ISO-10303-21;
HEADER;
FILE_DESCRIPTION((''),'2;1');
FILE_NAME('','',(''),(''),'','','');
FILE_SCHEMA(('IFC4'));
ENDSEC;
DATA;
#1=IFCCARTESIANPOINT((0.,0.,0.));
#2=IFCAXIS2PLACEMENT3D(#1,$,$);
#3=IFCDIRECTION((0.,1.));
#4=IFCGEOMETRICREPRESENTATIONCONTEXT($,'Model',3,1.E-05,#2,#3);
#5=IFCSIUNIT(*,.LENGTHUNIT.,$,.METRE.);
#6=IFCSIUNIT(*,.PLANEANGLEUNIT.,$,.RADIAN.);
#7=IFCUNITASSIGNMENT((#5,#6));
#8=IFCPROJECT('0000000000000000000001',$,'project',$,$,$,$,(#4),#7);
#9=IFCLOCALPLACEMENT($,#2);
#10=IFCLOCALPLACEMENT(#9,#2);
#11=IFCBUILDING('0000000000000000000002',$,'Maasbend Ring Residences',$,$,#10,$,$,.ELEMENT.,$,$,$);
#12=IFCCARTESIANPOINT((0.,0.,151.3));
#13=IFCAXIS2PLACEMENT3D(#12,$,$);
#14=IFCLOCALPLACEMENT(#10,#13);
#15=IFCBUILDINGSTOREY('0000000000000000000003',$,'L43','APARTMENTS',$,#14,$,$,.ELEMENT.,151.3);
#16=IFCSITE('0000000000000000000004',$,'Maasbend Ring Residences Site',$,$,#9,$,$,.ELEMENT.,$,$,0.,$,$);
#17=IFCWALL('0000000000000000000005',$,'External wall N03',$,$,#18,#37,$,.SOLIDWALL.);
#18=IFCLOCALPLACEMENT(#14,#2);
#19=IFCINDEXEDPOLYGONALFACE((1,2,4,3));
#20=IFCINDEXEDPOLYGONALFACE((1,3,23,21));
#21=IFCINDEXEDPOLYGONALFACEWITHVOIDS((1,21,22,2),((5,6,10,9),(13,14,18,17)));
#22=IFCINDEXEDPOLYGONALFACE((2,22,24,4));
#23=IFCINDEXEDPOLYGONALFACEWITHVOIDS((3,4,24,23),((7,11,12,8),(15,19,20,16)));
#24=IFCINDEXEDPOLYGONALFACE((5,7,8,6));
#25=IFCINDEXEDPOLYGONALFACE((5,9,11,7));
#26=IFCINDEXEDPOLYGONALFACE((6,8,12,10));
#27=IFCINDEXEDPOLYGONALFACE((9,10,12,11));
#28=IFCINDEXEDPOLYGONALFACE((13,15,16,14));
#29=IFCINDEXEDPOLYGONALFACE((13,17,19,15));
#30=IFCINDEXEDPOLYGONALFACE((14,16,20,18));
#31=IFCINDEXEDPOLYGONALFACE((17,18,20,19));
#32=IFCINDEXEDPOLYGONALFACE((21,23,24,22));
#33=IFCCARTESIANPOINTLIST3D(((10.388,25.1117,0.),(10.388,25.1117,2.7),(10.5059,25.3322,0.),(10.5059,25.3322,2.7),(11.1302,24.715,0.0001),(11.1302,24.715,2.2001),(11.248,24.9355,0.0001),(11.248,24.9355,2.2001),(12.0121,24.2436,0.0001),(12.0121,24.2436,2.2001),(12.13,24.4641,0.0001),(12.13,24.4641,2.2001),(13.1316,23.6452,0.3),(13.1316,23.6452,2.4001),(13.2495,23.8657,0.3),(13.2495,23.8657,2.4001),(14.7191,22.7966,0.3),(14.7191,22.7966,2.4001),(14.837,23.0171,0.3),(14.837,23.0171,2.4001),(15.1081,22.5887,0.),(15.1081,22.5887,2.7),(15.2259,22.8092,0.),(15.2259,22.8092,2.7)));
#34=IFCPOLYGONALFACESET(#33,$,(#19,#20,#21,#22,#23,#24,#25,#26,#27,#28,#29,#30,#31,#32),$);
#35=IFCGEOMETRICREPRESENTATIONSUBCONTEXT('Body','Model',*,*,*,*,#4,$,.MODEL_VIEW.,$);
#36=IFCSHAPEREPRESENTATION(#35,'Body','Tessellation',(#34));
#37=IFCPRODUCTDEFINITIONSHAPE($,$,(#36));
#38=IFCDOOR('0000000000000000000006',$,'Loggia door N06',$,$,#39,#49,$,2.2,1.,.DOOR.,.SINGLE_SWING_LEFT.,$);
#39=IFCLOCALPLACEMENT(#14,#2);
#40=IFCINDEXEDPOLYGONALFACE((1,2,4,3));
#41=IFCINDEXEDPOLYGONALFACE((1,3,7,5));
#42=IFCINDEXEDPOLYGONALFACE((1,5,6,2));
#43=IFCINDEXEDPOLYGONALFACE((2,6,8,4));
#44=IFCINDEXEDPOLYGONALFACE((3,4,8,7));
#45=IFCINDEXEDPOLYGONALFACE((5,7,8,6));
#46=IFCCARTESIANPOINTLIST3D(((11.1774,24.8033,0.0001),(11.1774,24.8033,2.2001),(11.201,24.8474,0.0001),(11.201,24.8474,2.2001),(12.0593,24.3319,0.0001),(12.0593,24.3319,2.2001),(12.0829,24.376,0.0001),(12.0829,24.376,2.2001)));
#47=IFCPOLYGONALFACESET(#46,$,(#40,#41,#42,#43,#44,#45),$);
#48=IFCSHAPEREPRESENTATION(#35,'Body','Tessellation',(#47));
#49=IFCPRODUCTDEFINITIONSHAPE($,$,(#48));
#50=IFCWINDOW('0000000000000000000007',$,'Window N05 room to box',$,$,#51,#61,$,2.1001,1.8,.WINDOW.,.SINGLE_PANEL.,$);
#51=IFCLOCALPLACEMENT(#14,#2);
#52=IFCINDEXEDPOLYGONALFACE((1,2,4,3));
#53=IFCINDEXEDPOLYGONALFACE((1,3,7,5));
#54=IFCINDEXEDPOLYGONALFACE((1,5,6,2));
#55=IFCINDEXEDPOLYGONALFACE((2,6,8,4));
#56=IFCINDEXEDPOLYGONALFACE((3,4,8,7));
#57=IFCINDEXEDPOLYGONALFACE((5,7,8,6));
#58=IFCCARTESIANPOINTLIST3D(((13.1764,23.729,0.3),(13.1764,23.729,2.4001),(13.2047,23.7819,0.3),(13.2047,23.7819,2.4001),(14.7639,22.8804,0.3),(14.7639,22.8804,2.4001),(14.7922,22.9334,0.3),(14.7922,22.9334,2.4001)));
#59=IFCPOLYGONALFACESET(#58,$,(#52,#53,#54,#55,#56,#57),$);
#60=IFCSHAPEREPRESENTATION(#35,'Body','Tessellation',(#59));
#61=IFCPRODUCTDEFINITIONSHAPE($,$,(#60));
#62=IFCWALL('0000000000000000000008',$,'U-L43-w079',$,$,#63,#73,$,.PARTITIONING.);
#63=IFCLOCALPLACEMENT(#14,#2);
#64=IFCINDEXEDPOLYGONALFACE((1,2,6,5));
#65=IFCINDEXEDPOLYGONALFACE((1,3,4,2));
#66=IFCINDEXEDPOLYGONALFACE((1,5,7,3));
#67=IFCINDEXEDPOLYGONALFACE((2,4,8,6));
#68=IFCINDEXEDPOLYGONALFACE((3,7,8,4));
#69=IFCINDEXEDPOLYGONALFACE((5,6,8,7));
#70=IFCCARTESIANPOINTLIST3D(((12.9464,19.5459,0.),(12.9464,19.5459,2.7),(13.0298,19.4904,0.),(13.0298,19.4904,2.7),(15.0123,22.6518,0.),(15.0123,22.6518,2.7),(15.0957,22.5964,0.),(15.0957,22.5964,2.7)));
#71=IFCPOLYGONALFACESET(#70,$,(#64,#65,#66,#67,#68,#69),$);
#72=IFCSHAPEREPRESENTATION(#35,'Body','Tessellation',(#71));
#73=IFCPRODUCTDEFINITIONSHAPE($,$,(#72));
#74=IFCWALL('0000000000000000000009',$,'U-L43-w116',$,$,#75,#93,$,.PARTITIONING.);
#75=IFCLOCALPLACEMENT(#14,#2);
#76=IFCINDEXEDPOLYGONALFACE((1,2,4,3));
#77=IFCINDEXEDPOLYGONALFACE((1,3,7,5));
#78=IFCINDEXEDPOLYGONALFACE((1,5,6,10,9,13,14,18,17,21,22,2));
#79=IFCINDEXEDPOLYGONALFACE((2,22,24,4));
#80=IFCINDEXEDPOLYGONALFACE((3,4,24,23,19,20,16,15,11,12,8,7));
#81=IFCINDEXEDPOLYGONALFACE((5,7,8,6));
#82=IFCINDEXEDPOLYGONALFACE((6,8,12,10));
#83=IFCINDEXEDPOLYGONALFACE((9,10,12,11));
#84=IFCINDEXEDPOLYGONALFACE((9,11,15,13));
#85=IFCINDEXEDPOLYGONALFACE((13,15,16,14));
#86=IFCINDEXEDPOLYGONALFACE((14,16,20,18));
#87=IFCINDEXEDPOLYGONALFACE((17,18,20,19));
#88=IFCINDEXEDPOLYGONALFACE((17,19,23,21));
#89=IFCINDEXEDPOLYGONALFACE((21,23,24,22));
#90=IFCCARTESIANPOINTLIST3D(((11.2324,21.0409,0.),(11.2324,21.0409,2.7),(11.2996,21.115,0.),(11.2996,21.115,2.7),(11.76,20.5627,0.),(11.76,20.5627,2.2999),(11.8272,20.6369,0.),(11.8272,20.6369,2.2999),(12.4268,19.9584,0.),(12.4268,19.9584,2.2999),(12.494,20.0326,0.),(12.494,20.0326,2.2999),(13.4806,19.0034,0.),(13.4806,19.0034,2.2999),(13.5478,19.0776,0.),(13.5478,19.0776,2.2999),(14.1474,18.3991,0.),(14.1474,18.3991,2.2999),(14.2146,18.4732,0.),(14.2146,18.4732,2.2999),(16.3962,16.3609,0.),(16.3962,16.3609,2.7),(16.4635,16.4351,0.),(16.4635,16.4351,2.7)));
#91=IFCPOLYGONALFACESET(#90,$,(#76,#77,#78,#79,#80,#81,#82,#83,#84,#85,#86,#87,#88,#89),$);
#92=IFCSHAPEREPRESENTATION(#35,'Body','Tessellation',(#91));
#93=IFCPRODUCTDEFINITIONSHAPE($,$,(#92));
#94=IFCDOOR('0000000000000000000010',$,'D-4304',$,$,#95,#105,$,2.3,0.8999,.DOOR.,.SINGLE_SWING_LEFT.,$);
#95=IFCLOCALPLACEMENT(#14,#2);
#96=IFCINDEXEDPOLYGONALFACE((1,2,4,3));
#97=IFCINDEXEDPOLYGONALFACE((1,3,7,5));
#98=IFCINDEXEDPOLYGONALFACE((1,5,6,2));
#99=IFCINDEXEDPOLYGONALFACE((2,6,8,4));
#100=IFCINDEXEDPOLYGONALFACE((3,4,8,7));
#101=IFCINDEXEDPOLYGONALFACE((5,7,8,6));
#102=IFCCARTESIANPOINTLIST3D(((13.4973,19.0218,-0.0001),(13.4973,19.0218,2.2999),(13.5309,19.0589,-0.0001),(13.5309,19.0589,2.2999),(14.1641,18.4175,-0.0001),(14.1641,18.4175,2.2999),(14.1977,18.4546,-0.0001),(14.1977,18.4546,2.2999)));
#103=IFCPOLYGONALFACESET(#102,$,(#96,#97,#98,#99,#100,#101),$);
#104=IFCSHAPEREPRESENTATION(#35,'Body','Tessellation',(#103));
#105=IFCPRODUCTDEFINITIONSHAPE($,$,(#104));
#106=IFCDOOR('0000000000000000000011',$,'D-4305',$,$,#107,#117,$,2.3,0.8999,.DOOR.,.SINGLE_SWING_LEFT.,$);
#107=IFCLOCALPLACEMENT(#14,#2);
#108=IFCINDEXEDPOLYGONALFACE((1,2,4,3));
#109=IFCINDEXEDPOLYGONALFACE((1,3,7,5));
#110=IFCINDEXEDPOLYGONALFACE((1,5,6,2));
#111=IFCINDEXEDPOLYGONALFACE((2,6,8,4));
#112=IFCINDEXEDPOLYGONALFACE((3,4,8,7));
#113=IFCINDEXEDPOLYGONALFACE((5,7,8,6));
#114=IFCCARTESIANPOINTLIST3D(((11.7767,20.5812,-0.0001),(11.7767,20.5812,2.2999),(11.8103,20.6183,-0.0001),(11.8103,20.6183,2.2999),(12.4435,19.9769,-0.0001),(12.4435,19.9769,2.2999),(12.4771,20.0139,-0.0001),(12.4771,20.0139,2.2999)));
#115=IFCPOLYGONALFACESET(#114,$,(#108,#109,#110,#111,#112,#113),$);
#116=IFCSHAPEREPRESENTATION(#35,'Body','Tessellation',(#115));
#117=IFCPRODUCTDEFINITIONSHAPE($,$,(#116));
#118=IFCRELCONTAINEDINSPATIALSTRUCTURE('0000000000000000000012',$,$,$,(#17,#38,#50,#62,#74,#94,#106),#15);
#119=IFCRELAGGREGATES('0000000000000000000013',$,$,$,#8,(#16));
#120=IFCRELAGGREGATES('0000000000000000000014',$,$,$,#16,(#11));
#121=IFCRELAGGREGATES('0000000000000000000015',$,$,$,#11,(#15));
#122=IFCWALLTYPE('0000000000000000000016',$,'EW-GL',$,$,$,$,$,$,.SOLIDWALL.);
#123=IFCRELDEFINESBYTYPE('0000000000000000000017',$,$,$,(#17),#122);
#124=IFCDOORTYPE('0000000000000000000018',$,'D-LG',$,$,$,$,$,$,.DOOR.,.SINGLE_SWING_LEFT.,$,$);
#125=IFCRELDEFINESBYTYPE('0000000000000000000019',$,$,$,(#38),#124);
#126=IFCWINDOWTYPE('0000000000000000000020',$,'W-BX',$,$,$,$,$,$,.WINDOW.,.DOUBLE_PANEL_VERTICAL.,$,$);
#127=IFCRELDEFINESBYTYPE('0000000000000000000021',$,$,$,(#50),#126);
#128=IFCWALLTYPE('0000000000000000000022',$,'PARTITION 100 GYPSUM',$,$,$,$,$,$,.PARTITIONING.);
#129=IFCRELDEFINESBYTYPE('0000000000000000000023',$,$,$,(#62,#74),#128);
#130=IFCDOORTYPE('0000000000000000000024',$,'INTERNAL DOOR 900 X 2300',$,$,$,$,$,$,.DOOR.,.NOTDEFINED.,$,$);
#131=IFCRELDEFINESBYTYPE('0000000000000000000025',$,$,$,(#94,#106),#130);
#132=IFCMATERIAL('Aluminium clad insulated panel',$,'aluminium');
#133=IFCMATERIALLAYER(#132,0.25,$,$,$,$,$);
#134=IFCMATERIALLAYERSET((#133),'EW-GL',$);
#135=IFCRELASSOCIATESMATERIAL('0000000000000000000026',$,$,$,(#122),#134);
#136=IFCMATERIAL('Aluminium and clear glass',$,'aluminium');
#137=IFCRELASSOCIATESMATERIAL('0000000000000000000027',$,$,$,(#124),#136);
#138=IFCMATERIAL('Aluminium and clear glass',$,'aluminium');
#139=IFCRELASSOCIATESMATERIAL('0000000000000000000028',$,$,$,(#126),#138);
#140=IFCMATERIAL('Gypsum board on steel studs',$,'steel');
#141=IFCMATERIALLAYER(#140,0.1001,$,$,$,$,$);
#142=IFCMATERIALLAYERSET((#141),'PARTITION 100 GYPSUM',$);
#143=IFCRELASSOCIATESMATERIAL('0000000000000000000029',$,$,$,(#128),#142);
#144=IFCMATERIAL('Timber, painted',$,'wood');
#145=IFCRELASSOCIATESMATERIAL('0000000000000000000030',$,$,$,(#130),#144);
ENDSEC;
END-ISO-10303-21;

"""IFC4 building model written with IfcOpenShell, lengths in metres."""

from ifc_helpers import new_model, si_unit, direction, frame, frame_2d, origin, place, context, subcontext, project, spatial, rectangle, extrude, material, layer, layer_set, type_object, element, fill, save


model = new_model("IFC4")

# Units and contexts
model_context = context("Model", 3, precision=1e-05, world=origin(), true_north=direction((0.0, 1.0)))
body_context = subcontext(model_context, "Body", "Model", "MODEL_VIEW")
ifc_project = project(units=[si_unit("LENGTHUNIT", "METRE"), si_unit("PLANEANGLEUNIT", "RADIAN")], contexts=[model_context])

# Site, building, storey
site_placement = place(None, origin())
site = spatial("IfcSite", under=ifc_project, at=site_placement, Name="Maasbend Ring Residences Site", CompositionType="ELEMENT", RefElevation=0.0)
building_placement = place(site_placement, origin())
building = spatial("IfcBuilding", under=site, at=building_placement, Name="Maasbend Ring Residences", CompositionType="ELEMENT")
storey_placement = place(building_placement, frame((0.0, 0.0, 151.3)))
storey = spatial("IfcBuildingStorey", under=building, at=storey_placement, Name="L43", Description="APARTMENTS", CompositionType="ELEMENT", Elevation=151.3)

# Wall, openings, door, window
ifc_material_1 = material(Name="Aluminium clad insulated panel", Category="aluminium")
ifc_layer_1 = layer(ifc_material_1, 0.25)
ifc_layer_set_1 = layer_set([ifc_layer_1], Name="EW-GL")
wall_type_1 = type_object("IfcWallType", Name="EW-GL", PredefinedType="SOLIDWALL", material=ifc_layer_set_1)
ifc_material_2 = material(Name="Aluminium and clear glass", Category="aluminium")
door_type_1 = type_object("IfcDoorType", Name="D-LG", OperationType="SINGLE_SWING_LEFT", PredefinedType="DOOR", material=ifc_material_2)
ifc_material_3 = material(Name="Aluminium and clear glass", Category="aluminium")
window_type_1 = type_object("IfcWindowType", Name="W-BX", PartitioningType="DOUBLE_PANEL_VERTICAL", PredefinedType="WINDOW", material=ifc_material_3)
wall_1_placement = place(storey_placement, frame((15.167, 22.699, 0.0), z_axis=(0.0, 0.0, 1.0), x_axis=(-0.881916, 0.471407, 0.0)))
wall_1 = element("IfcWall", 1, at=wall_1_placement, inside=storey, type_object=wall_type_1, Name="External wall N03", PredefinedType="SOLIDWALL", context=body_context, shape_type="SweptSolid", body=[
    extrude(rectangle(XDim=5.3521, YDim=0.25, at=frame_2d((2.676, 0.0))), origin(), (0.0, 0.0, 1.0), 2.7),
])
opening_1_placement = place(wall_1_placement, frame((0.4412, 0.0, 0.3)))
opening_1 = element("IfcOpeningElement", 2, at=opening_1_placement, cuts=wall_1, PredefinedType="OPENING", context=body_context, shape_type="SweptSolid", body=[
    extrude(rectangle(XDim=1.8, YDim=2.1001, at=frame_2d((0.8999, 1.05))), frame((0.0, 0.135, 0.0), z_axis=(0.0, -1.0, 0.0), x_axis=(1.0, 0.0, 0.0)), (0.0, 0.0, 1.0), 0.27),
])
opening_2_placement = place(wall_1_placement, frame((3.5105, 0.0, 0.0)))
opening_2 = element("IfcOpeningElement", 3, at=opening_2_placement, cuts=wall_1, PredefinedType="OPENING", context=body_context, shape_type="SweptSolid", body=[
    extrude(rectangle(XDim=1.0, YDim=2.2, at=frame_2d((0.5, 1.1001))), frame((0.0, 0.135, 0.0), z_axis=(0.0, -1.0, 0.0), x_axis=(1.0, 0.0, 0.0)), (0.0, 0.0, 1.0), 0.27),
])
door_1_placement = place(opening_2_placement, origin())
door_1 = element("IfcDoor", 4, at=door_1_placement, inside=storey, type_object=door_type_1, Name="Loggia door N06", OperationType="SINGLE_SWING_LEFT", OverallHeight=2.2, OverallWidth=1.0, PredefinedType="DOOR", context=body_context, shape_type="SweptSolid", body=[
    extrude(rectangle(XDim=1.0, YDim=2.2, at=frame_2d((0.5, 1.1001))), frame((0.0, 0.0249, 0.0), z_axis=(0.0, -1.0, 0.0), x_axis=(1.0, 0.0, 0.0)), (0.0, 0.0, 1.0), 0.05),
])
fill(opening_2, door_1)
window_1_placement = place(opening_1_placement, origin())
window_1 = element("IfcWindow", 5, at=window_1_placement, inside=storey, type_object=window_type_1, Name="Window N05 room to box", OverallHeight=2.1001, OverallWidth=1.8, PartitioningType="SINGLE_PANEL", PredefinedType="WINDOW", context=body_context, shape_type="SweptSolid", body=[
    extrude(rectangle(XDim=1.8, YDim=2.1001, at=frame_2d((0.8999, 1.05))), frame((0.0, 0.03, 0.0), z_axis=(0.0, -1.0, 0.0), x_axis=(1.0, 0.0, 0.0)), (0.0, 0.0, 1.0), 0.0601),
])
fill(opening_1, window_1)

# Wall
ifc_material_4 = material(Name="Gypsum board on steel studs", Category="steel")
ifc_layer_2 = layer(ifc_material_4, 0.1001)
ifc_layer_set_2 = layer_set([ifc_layer_2], Name="PARTITION 100 GYPSUM")
wall_type_2 = type_object("IfcWallType", Name="PARTITION 100 GYPSUM", PredefinedType="PARTITIONING", material=ifc_layer_set_2)
wall_2_placement = place(storey_placement, frame((12.988, 19.5181, 0.0), z_axis=(0.0, 0.0, 1.0), x_axis=(0.553824, 0.832634, 0.0)))
element("IfcWall", 6, at=wall_2_placement, inside=storey, type_object=wall_type_2, Name="U-L43-w079", PredefinedType="PARTITIONING", context=body_context, shape_type="SweptSolid", body=[
    extrude(rectangle(XDim=3.7302, YDim=0.1001, at=frame_2d((1.8652, 0.0))), origin(), (0.0, 0.0, 1.0), 2.7),
])

# Wall, openings, doors
wall_3_placement = place(storey_placement, frame((11.2661, 21.0779, 0.0), z_axis=(0.0, 0.0, 1.0), x_axis=(0.740971, -0.671537, 0.0)))
wall_3 = element("IfcWall", 7, at=wall_3_placement, inside=storey, type_object=wall_type_2, Name="U-L43-w116", PredefinedType="PARTITIONING", context=body_context, shape_type="SweptSolid", body=[
    extrude(rectangle(XDim=6.969, YDim=0.1001, at=frame_2d((3.4844, 0.0))), origin(), (0.0, 0.0, 1.0), 2.7),
])
opening_3_placement = place(wall_3_placement, frame((3.0339, 0.0, 0.0)))
opening_3 = element("IfcOpeningElement", 8, at=opening_3_placement, cuts=wall_3, PredefinedType="OPENING", context=body_context, shape_type="SweptSolid", body=[
    extrude(rectangle(XDim=0.8999, YDim=2.3, at=frame_2d((0.45, 1.1499))), frame((0.0, 0.0601, 0.0), z_axis=(0.0, -1.0, 0.0), x_axis=(1.0, 0.0, 0.0)), (0.0, 0.0, 1.0), 0.1201),
])
opening_4_placement = place(wall_3_placement, frame((0.7119, 0.0, 0.0)))
opening_4 = element("IfcOpeningElement", 9, at=opening_4_placement, cuts=wall_3, PredefinedType="OPENING", context=body_context, shape_type="SweptSolid", body=[
    extrude(rectangle(XDim=0.8999, YDim=2.3, at=frame_2d((0.45, 1.1499))), frame((0.0, 0.0601, 0.0), z_axis=(0.0, -1.0, 0.0), x_axis=(1.0, 0.0, 0.0)), (0.0, 0.0, 1.0), 0.1201),
])
ifc_material_5 = material(Name="Timber, painted", Category="wood")
door_type_2 = type_object("IfcDoorType", Name="INTERNAL DOOR 900 X 2300", OperationType="NOTDEFINED", PredefinedType="DOOR", material=ifc_material_5)
door_2_placement = place(opening_3_placement, origin())
door_2 = element("IfcDoor", 10, at=door_2_placement, inside=storey, type_object=door_type_2, Name="D-4304", OperationType="SINGLE_SWING_LEFT", OverallHeight=2.3, OverallWidth=0.8999, PredefinedType="DOOR", context=body_context, shape_type="SweptSolid", body=[
    extrude(rectangle(XDim=0.8999, YDim=2.3, at=frame_2d((0.45, 1.1499))), frame((0.0, 0.0249, 0.0), z_axis=(0.0, -1.0, 0.0), x_axis=(1.0, 0.0, 0.0)), (0.0, 0.0, 1.0), 0.05),
])
fill(opening_3, door_2)
door_3_placement = place(opening_4_placement, origin())
door_3 = element("IfcDoor", 11, at=door_3_placement, inside=storey, type_object=door_type_2, Name="D-4305", OperationType="SINGLE_SWING_LEFT", OverallHeight=2.3, OverallWidth=0.8999, PredefinedType="DOOR", context=body_context, shape_type="SweptSolid", body=[
    extrude(rectangle(XDim=0.8999, YDim=2.3, at=frame_2d((0.45, 1.1499))), frame((0.0, 0.0249, 0.0), z_axis=(0.0, -1.0, 0.0), x_axis=(1.0, 0.0, 0.0)), (0.0, 0.0, 1.0), 0.05),
])
fill(opening_4, door_3)

save(model, "model.ifc")
